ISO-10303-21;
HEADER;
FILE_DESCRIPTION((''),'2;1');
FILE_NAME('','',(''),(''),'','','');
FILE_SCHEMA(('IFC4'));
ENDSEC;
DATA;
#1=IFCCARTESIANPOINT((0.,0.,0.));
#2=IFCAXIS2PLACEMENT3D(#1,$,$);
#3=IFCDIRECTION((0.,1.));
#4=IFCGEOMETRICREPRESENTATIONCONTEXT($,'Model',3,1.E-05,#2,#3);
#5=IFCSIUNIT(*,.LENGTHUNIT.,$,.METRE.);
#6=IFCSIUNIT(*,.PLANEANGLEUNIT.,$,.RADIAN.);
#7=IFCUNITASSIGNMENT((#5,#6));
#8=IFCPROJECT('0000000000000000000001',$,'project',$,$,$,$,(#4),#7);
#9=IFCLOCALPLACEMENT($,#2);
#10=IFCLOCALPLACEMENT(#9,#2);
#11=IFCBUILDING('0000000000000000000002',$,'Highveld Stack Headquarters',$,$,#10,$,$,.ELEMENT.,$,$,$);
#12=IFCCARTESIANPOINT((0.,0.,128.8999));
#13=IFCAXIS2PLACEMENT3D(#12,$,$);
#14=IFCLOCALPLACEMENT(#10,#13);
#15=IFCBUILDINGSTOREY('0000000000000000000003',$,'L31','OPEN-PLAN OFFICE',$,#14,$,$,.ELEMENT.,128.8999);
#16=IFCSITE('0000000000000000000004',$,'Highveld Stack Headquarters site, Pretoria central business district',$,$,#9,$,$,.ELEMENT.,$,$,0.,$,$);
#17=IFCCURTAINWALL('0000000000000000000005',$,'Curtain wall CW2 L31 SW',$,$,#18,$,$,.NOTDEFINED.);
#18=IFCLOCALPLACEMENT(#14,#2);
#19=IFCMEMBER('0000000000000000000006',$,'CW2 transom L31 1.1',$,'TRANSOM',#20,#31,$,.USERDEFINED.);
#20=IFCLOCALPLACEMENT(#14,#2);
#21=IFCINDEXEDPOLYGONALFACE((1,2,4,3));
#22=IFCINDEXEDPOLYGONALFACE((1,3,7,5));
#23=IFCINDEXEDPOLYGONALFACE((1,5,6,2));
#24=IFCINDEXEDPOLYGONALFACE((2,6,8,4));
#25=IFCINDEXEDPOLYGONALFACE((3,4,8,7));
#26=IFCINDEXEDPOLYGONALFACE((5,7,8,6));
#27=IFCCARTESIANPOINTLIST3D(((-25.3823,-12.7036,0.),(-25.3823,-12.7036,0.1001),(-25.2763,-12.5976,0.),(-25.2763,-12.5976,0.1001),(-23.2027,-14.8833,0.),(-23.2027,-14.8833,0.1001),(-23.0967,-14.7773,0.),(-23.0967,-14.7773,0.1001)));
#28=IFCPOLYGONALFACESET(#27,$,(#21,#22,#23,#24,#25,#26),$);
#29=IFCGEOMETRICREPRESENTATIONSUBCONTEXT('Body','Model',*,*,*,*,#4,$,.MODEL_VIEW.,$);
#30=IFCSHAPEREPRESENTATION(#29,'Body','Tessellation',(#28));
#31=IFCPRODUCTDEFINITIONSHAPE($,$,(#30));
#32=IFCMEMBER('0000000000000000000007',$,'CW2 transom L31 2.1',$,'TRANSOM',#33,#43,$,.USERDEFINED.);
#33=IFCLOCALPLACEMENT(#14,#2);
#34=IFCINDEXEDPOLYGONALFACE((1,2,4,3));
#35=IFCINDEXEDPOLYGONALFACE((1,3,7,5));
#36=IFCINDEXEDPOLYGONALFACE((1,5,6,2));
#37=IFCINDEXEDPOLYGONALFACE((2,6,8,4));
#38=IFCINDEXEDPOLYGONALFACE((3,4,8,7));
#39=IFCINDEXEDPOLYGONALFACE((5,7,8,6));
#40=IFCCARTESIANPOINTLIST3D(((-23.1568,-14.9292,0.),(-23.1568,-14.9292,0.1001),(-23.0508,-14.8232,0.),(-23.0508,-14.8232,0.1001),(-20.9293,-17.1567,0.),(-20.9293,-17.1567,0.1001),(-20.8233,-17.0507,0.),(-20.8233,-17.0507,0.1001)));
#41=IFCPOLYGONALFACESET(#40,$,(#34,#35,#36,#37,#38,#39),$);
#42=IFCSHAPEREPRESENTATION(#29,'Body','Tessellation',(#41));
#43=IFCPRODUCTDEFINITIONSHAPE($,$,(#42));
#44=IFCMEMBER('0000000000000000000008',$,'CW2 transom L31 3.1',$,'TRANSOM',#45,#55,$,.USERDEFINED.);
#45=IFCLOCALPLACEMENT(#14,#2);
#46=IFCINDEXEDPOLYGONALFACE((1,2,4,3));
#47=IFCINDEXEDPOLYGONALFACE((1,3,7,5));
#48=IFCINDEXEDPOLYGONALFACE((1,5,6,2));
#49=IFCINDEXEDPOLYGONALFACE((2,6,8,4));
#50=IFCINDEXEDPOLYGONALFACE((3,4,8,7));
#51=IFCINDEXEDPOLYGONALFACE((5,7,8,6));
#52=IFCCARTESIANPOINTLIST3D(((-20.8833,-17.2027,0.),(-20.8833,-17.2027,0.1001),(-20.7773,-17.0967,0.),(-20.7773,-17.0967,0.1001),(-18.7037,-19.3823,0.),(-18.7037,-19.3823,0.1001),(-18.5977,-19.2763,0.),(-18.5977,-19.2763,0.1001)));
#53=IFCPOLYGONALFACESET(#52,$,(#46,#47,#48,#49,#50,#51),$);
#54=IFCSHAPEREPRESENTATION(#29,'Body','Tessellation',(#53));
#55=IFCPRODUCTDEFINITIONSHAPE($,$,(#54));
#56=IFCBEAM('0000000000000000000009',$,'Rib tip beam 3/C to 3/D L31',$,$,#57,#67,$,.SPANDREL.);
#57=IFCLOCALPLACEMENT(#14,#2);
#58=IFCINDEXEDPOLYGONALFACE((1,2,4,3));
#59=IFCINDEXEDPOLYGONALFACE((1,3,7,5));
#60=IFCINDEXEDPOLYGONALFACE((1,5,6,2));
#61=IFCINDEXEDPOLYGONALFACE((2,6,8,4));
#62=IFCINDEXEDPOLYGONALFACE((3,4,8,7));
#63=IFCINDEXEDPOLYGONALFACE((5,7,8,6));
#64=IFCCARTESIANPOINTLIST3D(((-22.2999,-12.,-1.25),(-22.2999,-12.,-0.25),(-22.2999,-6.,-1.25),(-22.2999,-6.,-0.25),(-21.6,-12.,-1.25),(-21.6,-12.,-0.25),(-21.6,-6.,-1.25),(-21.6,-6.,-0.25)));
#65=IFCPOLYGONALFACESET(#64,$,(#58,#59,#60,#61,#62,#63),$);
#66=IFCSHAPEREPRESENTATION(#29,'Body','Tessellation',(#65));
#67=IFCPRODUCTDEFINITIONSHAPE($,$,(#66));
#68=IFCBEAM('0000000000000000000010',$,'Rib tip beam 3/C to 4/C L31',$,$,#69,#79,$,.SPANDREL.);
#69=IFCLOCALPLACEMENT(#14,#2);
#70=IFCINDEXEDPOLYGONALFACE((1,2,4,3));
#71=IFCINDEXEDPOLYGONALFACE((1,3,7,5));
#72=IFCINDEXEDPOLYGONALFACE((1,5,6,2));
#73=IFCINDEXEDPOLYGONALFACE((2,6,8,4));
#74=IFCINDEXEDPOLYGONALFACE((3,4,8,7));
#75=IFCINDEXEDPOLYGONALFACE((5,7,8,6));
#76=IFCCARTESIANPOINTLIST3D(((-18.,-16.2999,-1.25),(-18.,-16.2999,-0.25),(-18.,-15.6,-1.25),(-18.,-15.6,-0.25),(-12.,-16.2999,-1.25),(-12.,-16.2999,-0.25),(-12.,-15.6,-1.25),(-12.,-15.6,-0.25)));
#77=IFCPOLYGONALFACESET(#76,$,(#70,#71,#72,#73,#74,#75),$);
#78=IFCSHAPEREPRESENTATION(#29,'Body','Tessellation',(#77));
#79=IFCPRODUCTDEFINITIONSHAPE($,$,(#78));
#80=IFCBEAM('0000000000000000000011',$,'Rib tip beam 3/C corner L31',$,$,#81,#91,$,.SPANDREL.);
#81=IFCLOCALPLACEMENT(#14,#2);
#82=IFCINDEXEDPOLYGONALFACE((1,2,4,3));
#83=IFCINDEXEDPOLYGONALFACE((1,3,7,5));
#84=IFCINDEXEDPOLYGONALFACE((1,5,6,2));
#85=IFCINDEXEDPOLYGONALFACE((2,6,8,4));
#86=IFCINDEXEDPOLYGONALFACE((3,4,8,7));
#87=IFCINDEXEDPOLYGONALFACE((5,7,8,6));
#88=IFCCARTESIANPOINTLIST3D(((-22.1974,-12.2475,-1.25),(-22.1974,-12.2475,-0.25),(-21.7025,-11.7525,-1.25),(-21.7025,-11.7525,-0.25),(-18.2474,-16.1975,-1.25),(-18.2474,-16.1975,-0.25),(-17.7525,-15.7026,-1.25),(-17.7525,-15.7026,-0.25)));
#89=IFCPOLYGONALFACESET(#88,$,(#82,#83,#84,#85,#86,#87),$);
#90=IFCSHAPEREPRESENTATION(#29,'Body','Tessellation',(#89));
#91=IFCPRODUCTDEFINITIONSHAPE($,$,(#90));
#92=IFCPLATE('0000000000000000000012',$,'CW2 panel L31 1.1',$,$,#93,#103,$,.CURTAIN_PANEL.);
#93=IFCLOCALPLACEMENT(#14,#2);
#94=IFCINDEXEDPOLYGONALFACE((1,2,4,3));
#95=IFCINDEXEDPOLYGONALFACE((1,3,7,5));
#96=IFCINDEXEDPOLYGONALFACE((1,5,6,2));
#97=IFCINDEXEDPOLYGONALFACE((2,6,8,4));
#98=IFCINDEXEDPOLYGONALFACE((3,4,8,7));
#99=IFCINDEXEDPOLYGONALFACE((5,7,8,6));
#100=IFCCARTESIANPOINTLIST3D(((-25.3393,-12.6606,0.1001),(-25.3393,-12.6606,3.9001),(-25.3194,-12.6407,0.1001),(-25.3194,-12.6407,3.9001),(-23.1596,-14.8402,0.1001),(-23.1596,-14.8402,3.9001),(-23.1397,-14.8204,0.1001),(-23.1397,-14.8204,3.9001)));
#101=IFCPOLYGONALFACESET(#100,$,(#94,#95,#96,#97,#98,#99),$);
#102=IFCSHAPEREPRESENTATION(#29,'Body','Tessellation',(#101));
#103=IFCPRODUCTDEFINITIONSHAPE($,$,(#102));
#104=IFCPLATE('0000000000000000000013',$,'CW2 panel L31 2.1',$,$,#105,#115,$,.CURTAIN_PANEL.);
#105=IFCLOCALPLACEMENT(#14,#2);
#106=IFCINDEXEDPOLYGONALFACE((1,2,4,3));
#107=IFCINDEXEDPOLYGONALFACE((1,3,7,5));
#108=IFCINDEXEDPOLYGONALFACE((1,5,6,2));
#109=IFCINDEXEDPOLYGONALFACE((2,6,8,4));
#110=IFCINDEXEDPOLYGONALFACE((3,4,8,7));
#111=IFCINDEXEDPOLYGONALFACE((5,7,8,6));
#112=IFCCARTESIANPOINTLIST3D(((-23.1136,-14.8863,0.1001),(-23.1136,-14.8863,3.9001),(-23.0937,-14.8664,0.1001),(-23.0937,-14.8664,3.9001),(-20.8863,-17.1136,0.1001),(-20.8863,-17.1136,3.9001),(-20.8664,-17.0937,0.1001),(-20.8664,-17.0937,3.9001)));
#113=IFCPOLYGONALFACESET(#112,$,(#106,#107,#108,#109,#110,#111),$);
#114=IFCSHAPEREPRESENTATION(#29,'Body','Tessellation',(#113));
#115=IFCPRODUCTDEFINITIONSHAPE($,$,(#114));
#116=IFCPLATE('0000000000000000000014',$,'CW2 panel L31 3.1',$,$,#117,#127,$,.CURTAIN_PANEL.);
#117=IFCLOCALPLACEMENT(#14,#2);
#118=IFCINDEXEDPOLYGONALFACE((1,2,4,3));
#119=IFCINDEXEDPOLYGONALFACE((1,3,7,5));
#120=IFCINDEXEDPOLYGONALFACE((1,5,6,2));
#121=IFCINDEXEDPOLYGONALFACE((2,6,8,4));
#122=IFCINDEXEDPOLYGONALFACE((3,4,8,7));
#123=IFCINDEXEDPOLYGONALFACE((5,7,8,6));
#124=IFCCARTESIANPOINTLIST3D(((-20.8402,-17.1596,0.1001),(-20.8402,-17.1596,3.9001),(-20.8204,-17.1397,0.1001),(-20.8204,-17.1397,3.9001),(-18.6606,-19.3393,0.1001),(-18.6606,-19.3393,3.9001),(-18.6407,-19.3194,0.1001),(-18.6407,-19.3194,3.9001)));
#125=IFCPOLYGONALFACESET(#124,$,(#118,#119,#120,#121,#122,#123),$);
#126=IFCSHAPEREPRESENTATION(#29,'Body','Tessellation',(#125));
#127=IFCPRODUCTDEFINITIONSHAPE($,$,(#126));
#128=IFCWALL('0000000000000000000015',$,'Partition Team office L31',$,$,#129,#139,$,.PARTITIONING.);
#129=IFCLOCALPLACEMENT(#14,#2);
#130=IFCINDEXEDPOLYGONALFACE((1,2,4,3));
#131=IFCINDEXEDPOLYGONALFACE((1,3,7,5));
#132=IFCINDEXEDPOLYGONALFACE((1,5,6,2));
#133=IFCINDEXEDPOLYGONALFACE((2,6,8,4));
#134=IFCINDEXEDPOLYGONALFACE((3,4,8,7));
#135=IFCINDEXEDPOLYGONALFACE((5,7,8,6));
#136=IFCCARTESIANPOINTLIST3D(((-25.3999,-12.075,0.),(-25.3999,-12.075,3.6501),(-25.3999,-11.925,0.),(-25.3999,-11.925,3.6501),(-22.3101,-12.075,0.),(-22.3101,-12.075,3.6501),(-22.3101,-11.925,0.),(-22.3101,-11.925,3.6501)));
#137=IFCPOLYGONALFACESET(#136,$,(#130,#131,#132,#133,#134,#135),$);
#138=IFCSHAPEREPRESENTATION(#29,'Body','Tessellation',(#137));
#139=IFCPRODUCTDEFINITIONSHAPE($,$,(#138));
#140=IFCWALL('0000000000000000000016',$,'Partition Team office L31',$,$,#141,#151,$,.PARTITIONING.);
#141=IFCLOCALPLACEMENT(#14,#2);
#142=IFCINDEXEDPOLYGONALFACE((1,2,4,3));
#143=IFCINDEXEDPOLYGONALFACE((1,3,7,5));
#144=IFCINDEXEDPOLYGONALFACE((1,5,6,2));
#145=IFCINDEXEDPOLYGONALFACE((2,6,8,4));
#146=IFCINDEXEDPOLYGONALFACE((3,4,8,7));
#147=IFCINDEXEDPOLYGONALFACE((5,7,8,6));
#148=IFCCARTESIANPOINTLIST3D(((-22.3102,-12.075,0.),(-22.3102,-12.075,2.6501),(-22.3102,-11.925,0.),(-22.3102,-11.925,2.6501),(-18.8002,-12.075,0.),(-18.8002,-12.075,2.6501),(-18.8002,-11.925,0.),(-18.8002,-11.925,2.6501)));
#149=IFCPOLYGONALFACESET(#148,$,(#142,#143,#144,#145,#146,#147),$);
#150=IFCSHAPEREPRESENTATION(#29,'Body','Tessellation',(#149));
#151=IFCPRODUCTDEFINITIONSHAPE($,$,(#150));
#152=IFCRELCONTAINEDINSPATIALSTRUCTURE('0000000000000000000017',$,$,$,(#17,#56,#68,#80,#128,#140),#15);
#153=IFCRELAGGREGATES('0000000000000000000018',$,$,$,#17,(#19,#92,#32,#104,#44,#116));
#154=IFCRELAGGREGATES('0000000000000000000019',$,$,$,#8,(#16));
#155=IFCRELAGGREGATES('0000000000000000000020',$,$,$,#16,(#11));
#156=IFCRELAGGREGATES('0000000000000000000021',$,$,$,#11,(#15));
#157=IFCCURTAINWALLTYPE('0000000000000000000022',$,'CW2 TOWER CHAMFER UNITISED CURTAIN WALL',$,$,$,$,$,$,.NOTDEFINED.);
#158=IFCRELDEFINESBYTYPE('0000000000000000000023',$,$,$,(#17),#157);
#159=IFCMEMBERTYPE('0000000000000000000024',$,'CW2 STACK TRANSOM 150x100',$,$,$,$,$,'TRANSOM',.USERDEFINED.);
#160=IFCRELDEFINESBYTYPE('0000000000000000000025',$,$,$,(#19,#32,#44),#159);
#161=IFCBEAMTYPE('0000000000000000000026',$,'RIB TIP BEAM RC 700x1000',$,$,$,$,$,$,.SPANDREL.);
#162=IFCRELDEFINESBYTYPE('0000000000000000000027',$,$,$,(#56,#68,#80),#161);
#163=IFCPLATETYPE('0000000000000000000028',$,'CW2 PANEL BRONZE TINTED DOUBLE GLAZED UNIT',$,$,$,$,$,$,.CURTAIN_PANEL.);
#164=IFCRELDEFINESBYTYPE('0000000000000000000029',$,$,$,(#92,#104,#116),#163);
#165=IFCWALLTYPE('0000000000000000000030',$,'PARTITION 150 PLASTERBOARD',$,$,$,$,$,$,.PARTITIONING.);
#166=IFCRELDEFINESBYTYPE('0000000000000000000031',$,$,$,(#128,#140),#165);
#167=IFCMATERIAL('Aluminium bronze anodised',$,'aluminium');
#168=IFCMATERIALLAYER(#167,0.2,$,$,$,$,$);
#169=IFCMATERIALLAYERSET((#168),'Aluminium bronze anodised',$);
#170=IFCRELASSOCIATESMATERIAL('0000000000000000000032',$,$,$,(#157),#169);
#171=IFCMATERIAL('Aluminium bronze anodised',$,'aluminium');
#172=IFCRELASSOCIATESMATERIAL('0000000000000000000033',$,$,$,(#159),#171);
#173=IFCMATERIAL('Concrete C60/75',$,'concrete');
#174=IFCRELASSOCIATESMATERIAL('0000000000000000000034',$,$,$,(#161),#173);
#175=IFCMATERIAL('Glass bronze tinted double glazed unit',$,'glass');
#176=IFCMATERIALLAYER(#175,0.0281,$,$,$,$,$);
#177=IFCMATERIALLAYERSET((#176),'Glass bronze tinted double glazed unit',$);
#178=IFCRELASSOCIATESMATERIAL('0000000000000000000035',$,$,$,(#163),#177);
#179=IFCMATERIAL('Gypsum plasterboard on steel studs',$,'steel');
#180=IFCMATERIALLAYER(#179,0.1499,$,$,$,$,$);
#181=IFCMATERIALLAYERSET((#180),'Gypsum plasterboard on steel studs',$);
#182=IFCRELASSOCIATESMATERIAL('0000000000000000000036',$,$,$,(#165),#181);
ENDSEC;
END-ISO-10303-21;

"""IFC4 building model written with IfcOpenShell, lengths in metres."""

from ifc_helpers import new_model, si_unit, direction, frame, frame_2d, origin, origin_2d, place, context, subcontext, project, spatial, rectangle, extrude, material, layer, layer_set, material_profile, profile_set, type_object, element, aggregate, save


model = new_model("IFC4")

# Units and contexts
model_context = context("Model", 3, precision=1e-05, world=origin(), true_north=direction((0.0, 1.0)))
body_context = subcontext(model_context, "Body", "Model", "MODEL_VIEW")
ifc_project = project(units=[si_unit("LENGTHUNIT", "METRE"), si_unit("PLANEANGLEUNIT", "RADIAN")], contexts=[model_context])

# Site, building, storey
site_placement = place(None, origin())
site = spatial("IfcSite", under=ifc_project, at=site_placement, Name="Highveld Stack Headquarters site, Pretoria central business district", CompositionType="ELEMENT", RefElevation=0.0)
building_placement = place(site_placement, origin())
building = spatial("IfcBuilding", under=site, at=building_placement, Name="Highveld Stack Headquarters", CompositionType="ELEMENT")
storey_placement = place(building_placement, frame((0.0, 0.0, 128.8999)))
storey = spatial("IfcBuildingStorey", under=building, at=storey_placement, Name="L31", Description="OPEN-PLAN OFFICE", CompositionType="ELEMENT", Elevation=128.8999)

# Curtain wall, members
ifc_material_1 = material(Name="Aluminium bronze anodised", Category="aluminium")
ifc_layer_1 = layer(ifc_material_1, 0.2)
ifc_layer_set_1 = layer_set([ifc_layer_1], Name="Aluminium bronze anodised")
curtain_wall_type_1 = type_object("IfcCurtainWallType", Name="CW2 TOWER CHAMFER UNITISED CURTAIN WALL", PredefinedType="NOTDEFINED", material=ifc_layer_set_1)
curtain_wall_1_placement = place(storey_placement, origin())
curtain_wall_1 = element("IfcCurtainWall", 1, at=curtain_wall_1_placement, inside=storey, type_object=curtain_wall_type_1, Name="Curtain wall CW2 L31 SW", PredefinedType="NOTDEFINED")
ifc_material_2 = material(Name="Aluminium bronze anodised", Category="aluminium")
ifc_material_profile_1 = material_profile(ifc_material_2, rectangle(XDim=0.1499, YDim=0.1001, at=origin_2d()), Name="CW2 TRANSOM 150x100")
ifc_profile_set_1 = profile_set([ifc_material_profile_1], Name="Aluminium bronze anodised")
member_type_1 = type_object("IfcMemberType", Name="CW2 STACK TRANSOM 150x100", ElementType="TRANSOM", PredefinedType="USERDEFINED", material=ifc_profile_set_1)
member_1_placement = place(storey_placement, frame((-25.3293, -12.6506, 0.05), z_axis=(0.707107, -0.707107, 0.0), x_axis=(0.707107, 0.707107, 0.0)))
member_1 = element("IfcMember", 2, at=member_1_placement, type_object=member_type_1, Name="CW2 transom L31 1.1", ObjectType="TRANSOM", PredefinedType="USERDEFINED", context=body_context, shape_type="SweptSolid", body=[
    extrude(rectangle(XDim=0.1499, YDim=0.1001, at=origin_2d()), origin(), (0.0, 0.0, 1.0), 3.0825),
])
member_2_placement = place(storey_placement, frame((-23.1038, -14.8762, 0.05), z_axis=(0.707107, -0.707107, 0.0), x_axis=(0.707107, 0.707107, 0.0)))
member_2 = element("IfcMember", 3, at=member_2_placement, type_object=member_type_1, Name="CW2 transom L31 2.1", ObjectType="TRANSOM", PredefinedType="USERDEFINED", context=body_context, shape_type="SweptSolid", body=[
    extrude(rectangle(XDim=0.1499, YDim=0.1001, at=origin_2d()), origin(), (0.0, 0.0, 1.0), 3.1501),
])
member_3_placement = place(storey_placement, frame((-20.8303, -17.1497, 0.05), z_axis=(0.707107, -0.707107, 0.0), x_axis=(0.707107, 0.707107, 0.0)))
member_3 = element("IfcMember", 4, at=member_3_placement, type_object=member_type_1, Name="CW2 transom L31 3.1", ObjectType="TRANSOM", PredefinedType="USERDEFINED", context=body_context, shape_type="SweptSolid", body=[
    extrude(rectangle(XDim=0.1499, YDim=0.1001, at=origin_2d()), origin(), (0.0, 0.0, 1.0), 3.0825),
])

# Beams
ifc_material_3 = material(Name="Concrete C60/75", Category="concrete")
ifc_material_profile_2 = material_profile(ifc_material_3, rectangle(XDim=0.7, YDim=1.0, at=origin_2d()), Name="RC 700x1000")
ifc_profile_set_2 = profile_set([ifc_material_profile_2], Name="Concrete C60/75")
beam_type_1 = type_object("IfcBeamType", Name="RIB TIP BEAM RC 700x1000", PredefinedType="SPANDREL", material=ifc_profile_set_2)
for number, where, z_axis, x_axis, name in (
    (5, (-21.95, -12.0, -0.75), (0.0, 1.0, 0.0), (-1.0, 0.0, 0.0), "Rib tip beam 3/C to 3/D L31"),
    (6, (-18.0, -15.95, -0.75), (1.0, 0.0, 0.0), (0.0, 1.0, 0.0), "Rib tip beam 3/C to 4/C L31"),
):
    element("IfcBeam", number, at=place(storey_placement, frame(where, z_axis=z_axis, x_axis=x_axis)), inside=storey, type_object=beam_type_1, Name=name, PredefinedType="SPANDREL", context=body_context, shape_type="SweptSolid", body=[
        extrude(rectangle(XDim=0.7, YDim=1.0, at=origin_2d()), origin(), (0.0, 0.0, 1.0), 6.0),
    ])
beam_1_placement = place(storey_placement, frame((-21.95, -12.0, -0.75), z_axis=(0.707107, -0.707107, 0.0), x_axis=(0.707107, 0.707107, 0.0)))
element("IfcBeam", 7, at=beam_1_placement, inside=storey, type_object=beam_type_1, Name="Rib tip beam 3/C corner L31", PredefinedType="SPANDREL", context=body_context, shape_type="SweptSolid", body=[
    extrude(rectangle(XDim=0.7, YDim=1.0, at=origin_2d()), origin(), (0.0, 0.0, 1.0), 5.5862),
])

# Plates
ifc_material_4 = material(Name="Glass bronze tinted double glazed unit", Category="glass")
ifc_layer_2 = layer(ifc_material_4, 0.0281)
ifc_layer_set_2 = layer_set([ifc_layer_2], Name="Glass bronze tinted double glazed unit")
plate_type = type_object("IfcPlateType", Name="CW2 PANEL BRONZE TINTED DOUBLE GLAZED UNIT", PredefinedType="CURTAIN_PANEL", material=ifc_layer_set_2)
plate_1_placement = place(storey_placement, frame((-24.2395, -13.7405, 0.1001), z_axis=(0.0, 0.0, 1.0), x_axis=(0.707107, -0.707107, 0.0)))
plate_1 = element("IfcPlate", 8, at=plate_1_placement, type_object=plate_type, Name="CW2 panel L31 1.1", PredefinedType="CURTAIN_PANEL", context=body_context, shape_type="SweptSolid", body=[
    extrude(rectangle(XDim=3.0825, YDim=0.0281, at=origin_2d()), origin(), (0.0, 0.0, 1.0), 3.8),
])
plate_2_placement = place(storey_placement, frame((-21.99, -15.99, 0.1001), z_axis=(0.0, 0.0, 1.0), x_axis=(0.707107, -0.707107, 0.0)))
plate_2 = element("IfcPlate", 9, at=plate_2_placement, type_object=plate_type, Name="CW2 panel L31 2.1", PredefinedType="CURTAIN_PANEL", context=body_context, shape_type="SweptSolid", body=[
    extrude(rectangle(XDim=3.1499, YDim=0.0281, at=origin_2d()), origin(), (0.0, 0.0, 1.0), 3.8),
])
plate_3_placement = place(storey_placement, frame((-19.7405, -18.2395, 0.1001), z_axis=(0.0, 0.0, 1.0), x_axis=(0.707107, -0.707107, 0.0)))
plate_3 = element("IfcPlate", 10, at=plate_3_placement, type_object=plate_type, Name="CW2 panel L31 3.1", PredefinedType="CURTAIN_PANEL", context=body_context, shape_type="SweptSolid", body=[
    extrude(rectangle(XDim=3.0825, YDim=0.0281, at=origin_2d()), origin(), (0.0, 0.0, 1.0), 3.8),
])
aggregate(curtain_wall_1, [member_1, plate_1, member_2, plate_2, member_3, plate_3])

# Walls
ifc_material_5 = material(Name="Gypsum plasterboard on steel studs", Category="steel")
ifc_layer_3 = layer(ifc_material_5, 0.1499)
ifc_layer_set_3 = layer_set([ifc_layer_3], Name="Gypsum plasterboard on steel studs")
wall_type = type_object("IfcWallType", Name="PARTITION 150 PLASTERBOARD", PredefinedType="PARTITIONING", material=ifc_layer_set_3)
wall_1_placement = place(storey_placement, frame((-25.3999, -12.0, 0.0), z_axis=(0.0, 0.0, 1.0), x_axis=(1.0, 0.0, 0.0)))
element("IfcWall", 11, at=wall_1_placement, inside=storey, type_object=wall_type, Name="Partition Team office L31", PredefinedType="PARTITIONING", context=body_context, shape_type="SweptSolid", body=[
    extrude(rectangle(XDim=3.0898, YDim=0.1499, at=frame_2d((1.5449, 0.0))), origin(), (0.0, 0.0, 1.0), 3.6501),
])
wall_2_placement = place(storey_placement, frame((-22.3101, -12.0, 0.0), z_axis=(0.0, 0.0, 1.0), x_axis=(1.0, 0.0, 0.0)))
element("IfcWall", 12, at=wall_2_placement, inside=storey, type_object=wall_type, Name="Partition Team office L31", PredefinedType="PARTITIONING", context=body_context, shape_type="SweptSolid", body=[
    extrude(rectangle(XDim=3.51, YDim=0.1499, at=frame_2d((1.7549, 0.0))), origin(), (0.0, 0.0, 1.0), 2.6501),
])

save(model, "model.ifc")
